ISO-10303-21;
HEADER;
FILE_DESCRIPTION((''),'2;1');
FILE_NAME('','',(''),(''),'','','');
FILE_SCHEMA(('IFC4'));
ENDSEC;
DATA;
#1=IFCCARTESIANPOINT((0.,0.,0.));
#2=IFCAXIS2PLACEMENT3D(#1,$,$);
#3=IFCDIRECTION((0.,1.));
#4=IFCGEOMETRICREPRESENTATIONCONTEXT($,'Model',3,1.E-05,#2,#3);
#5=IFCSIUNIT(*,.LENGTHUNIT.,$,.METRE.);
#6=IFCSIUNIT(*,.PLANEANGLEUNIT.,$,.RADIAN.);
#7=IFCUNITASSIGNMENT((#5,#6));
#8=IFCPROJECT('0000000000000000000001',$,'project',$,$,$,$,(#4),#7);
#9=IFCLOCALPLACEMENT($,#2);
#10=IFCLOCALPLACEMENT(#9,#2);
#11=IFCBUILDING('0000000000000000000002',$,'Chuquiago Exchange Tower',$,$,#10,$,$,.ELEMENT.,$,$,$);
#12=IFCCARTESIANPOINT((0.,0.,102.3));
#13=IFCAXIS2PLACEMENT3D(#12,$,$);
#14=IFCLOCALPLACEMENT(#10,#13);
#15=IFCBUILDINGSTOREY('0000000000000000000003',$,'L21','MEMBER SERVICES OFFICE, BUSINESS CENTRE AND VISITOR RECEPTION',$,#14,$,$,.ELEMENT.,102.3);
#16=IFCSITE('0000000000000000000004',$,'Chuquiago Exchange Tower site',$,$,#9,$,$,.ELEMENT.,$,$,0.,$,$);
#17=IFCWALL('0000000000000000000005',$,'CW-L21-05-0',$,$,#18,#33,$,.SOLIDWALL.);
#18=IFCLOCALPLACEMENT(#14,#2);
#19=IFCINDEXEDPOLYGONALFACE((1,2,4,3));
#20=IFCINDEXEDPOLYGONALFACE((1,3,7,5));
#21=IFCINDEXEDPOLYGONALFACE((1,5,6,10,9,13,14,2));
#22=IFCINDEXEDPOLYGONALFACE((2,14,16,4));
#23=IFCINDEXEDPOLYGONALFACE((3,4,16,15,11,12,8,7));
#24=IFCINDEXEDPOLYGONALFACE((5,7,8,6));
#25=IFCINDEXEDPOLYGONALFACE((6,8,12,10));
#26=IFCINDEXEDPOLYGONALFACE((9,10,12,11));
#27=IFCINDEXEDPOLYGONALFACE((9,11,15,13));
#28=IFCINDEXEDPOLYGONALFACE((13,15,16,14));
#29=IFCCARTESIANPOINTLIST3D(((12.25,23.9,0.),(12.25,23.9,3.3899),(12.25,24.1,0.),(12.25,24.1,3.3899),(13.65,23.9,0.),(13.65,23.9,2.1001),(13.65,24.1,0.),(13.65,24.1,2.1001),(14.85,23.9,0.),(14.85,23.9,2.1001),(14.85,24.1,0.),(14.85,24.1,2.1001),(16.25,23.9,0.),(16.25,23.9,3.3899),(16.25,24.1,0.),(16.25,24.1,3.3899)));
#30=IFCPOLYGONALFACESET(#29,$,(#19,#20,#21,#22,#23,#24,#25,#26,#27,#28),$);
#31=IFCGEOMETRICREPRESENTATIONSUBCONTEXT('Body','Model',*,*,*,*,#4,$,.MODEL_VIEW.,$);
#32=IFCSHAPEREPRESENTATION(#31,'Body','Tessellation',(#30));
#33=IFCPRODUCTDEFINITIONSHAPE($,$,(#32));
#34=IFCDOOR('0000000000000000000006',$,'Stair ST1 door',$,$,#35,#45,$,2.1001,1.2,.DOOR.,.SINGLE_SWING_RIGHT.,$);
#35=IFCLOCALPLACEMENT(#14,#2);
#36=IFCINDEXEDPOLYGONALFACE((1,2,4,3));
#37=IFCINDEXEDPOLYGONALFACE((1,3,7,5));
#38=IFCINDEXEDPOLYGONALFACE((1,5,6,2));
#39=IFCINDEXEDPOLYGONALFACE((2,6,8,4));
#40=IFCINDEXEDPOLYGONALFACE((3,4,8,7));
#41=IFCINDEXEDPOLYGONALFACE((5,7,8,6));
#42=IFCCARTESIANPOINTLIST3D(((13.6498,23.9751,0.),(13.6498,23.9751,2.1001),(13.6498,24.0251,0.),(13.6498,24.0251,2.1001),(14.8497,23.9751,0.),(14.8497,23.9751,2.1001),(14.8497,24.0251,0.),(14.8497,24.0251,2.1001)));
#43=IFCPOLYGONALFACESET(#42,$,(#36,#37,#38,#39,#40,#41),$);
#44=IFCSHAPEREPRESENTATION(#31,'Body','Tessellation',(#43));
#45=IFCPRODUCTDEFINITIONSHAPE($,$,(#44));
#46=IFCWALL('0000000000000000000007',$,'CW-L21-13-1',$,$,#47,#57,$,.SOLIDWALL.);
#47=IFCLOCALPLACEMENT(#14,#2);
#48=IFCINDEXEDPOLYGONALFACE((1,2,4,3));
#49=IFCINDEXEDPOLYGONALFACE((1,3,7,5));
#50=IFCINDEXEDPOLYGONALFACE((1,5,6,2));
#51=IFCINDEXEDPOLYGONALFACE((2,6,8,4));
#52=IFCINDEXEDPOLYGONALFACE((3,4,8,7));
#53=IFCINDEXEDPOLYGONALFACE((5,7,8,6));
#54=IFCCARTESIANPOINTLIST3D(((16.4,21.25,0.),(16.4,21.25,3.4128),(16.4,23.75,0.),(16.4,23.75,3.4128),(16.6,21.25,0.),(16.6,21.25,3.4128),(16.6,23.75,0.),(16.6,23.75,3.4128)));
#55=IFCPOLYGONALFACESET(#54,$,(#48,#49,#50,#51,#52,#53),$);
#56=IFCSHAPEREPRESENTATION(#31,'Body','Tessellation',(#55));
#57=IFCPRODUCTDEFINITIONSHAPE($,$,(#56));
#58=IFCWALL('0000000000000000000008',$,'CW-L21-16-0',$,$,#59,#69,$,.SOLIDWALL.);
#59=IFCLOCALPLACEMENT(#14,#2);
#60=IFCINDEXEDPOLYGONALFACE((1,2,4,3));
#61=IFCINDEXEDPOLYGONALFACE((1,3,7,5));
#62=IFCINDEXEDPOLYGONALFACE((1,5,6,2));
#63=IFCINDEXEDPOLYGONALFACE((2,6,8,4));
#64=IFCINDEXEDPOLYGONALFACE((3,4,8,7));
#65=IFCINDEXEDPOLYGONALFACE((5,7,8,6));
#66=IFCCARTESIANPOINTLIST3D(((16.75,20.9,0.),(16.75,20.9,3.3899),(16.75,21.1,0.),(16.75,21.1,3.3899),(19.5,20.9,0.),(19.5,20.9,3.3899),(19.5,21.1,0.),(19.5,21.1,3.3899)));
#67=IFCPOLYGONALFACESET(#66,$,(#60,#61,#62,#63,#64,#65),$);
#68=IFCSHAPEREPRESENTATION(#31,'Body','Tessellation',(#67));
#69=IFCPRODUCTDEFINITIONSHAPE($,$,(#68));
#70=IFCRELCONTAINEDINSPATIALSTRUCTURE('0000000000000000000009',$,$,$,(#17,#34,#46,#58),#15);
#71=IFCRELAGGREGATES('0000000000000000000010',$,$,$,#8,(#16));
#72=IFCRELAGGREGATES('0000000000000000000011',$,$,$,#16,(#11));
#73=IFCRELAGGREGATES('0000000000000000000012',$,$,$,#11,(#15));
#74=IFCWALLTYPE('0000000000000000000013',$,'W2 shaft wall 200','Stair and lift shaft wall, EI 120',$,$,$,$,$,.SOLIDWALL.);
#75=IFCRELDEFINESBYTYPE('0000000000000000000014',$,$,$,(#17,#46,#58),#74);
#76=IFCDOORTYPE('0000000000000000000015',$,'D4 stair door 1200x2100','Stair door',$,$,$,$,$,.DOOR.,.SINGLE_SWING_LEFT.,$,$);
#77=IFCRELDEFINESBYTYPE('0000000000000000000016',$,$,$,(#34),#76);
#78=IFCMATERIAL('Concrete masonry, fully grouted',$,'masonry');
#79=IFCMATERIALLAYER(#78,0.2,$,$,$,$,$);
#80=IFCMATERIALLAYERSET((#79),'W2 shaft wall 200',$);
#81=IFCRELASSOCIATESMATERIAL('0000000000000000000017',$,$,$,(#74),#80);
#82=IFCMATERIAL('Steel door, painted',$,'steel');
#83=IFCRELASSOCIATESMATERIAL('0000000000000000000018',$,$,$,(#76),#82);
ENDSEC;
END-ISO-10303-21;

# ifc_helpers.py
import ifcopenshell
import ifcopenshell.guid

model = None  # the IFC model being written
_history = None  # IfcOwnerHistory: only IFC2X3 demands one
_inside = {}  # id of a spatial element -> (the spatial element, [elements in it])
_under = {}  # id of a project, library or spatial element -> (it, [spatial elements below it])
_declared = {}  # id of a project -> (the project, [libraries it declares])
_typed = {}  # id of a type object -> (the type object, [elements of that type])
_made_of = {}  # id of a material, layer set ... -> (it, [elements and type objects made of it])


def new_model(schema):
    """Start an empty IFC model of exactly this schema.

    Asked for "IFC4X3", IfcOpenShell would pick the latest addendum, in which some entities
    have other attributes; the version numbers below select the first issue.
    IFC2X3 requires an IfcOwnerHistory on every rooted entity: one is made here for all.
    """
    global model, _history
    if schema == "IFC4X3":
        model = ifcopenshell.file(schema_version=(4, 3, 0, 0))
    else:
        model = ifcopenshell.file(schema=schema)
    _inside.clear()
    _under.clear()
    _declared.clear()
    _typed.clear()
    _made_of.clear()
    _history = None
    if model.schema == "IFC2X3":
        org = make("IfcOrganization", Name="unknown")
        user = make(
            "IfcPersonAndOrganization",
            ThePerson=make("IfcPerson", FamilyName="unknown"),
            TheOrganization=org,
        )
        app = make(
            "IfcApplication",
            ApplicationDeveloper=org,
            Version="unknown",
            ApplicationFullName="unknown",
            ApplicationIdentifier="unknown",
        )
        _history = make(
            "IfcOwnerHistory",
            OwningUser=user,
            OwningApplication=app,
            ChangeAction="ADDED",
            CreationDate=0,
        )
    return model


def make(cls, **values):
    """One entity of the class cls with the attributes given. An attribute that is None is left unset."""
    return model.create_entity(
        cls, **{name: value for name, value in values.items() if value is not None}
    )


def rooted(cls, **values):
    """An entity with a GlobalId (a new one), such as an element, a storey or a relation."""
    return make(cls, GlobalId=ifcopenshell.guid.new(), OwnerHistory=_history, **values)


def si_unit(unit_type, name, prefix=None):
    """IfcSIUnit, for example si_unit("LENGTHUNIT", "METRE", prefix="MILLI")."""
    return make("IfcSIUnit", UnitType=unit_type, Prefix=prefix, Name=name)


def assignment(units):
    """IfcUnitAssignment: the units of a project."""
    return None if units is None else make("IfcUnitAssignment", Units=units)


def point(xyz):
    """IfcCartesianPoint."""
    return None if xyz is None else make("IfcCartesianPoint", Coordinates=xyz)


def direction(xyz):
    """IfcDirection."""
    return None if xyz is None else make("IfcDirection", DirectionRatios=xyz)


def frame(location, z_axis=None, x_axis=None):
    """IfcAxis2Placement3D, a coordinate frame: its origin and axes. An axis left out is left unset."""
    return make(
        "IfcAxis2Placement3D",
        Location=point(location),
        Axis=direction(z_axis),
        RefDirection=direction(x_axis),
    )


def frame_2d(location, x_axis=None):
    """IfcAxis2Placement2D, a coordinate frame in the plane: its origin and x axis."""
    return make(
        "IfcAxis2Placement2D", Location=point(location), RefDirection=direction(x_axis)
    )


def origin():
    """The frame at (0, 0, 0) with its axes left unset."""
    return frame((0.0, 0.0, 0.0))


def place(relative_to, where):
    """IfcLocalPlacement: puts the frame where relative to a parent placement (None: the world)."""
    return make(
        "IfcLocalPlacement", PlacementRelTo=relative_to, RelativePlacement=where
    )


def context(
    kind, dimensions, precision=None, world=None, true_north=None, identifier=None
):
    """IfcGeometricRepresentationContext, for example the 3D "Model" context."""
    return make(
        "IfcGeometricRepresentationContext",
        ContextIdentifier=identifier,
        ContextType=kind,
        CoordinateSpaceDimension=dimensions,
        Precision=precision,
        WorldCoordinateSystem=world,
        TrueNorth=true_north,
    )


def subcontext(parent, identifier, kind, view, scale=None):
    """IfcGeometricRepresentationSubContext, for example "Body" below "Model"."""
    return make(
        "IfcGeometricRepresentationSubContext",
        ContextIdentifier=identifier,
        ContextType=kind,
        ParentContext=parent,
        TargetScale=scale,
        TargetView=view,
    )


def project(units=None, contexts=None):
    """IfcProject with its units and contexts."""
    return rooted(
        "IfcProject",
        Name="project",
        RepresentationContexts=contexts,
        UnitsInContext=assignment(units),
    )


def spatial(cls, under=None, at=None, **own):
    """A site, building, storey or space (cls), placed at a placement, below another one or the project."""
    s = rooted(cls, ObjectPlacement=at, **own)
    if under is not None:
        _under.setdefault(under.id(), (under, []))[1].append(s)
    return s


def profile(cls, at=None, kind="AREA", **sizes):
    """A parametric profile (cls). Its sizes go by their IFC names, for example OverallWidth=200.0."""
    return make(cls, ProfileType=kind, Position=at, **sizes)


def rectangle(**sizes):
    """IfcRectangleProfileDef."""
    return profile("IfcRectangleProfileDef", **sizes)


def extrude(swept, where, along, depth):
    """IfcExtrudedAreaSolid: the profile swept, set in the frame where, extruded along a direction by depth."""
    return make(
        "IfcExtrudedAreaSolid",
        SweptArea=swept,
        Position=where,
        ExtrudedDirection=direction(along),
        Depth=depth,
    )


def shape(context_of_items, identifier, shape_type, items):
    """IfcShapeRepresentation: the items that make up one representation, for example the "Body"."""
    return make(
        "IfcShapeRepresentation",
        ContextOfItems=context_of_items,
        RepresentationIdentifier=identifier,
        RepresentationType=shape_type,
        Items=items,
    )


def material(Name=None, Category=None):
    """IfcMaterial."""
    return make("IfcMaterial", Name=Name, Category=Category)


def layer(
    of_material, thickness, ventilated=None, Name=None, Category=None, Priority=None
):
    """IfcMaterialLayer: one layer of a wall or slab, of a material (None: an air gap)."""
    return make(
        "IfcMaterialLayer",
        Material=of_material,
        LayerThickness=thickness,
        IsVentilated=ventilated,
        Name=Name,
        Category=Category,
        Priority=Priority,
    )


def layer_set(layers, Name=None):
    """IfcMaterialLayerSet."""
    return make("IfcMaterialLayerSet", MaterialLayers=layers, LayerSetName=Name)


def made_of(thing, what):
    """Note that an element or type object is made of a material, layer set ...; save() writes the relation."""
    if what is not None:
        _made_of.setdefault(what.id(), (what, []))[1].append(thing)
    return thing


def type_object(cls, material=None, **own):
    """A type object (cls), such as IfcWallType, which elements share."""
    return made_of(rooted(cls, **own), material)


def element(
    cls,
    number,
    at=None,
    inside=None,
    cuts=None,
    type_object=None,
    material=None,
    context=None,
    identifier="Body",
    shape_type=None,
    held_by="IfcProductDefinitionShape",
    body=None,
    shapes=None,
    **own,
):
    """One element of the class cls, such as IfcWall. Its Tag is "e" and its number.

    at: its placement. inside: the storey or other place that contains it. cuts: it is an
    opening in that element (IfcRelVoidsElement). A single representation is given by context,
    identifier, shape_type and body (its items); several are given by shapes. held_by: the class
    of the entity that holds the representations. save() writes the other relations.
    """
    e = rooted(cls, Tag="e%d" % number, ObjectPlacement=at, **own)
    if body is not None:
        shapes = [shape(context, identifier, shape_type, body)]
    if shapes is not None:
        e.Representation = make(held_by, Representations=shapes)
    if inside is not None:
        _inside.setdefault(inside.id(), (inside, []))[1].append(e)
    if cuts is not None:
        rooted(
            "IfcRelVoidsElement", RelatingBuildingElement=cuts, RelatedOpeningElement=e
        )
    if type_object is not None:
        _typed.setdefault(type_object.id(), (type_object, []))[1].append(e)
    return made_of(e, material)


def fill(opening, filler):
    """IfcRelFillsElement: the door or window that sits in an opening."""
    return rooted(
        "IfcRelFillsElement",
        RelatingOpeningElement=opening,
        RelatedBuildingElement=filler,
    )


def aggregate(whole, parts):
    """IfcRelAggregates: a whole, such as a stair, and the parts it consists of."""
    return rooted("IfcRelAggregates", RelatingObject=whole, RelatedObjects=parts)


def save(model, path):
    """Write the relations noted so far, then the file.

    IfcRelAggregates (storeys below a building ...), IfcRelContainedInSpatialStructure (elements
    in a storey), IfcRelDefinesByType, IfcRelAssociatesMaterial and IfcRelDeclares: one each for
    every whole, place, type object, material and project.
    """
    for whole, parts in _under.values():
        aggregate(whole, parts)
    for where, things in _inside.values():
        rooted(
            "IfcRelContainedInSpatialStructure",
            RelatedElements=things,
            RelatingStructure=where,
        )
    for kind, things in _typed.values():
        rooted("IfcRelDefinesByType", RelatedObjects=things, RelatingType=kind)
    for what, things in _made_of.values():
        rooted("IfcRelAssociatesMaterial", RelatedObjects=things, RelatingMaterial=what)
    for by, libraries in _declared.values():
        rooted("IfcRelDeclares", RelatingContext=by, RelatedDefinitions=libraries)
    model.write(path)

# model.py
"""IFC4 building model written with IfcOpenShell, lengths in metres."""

from ifc_helpers import new_model, si_unit, direction, frame, frame_2d, origin, place, context, subcontext, project, spatial, rectangle, extrude, material, layer, layer_set, type_object, element, fill, save


model = new_model("IFC4")

# Units and contexts
model_context = context("Model", 3, precision=1e-05, world=origin(), true_north=direction((0.0, 1.0)))
body_context = subcontext(model_context, "Body", "Model", "MODEL_VIEW")
ifc_project = project(units=[si_unit("LENGTHUNIT", "METRE"), si_unit("PLANEANGLEUNIT", "RADIAN")], contexts=[model_context])

# Site, building, storey
site_placement = place(None, origin())
site = spatial("IfcSite", under=ifc_project, at=site_placement, Name="Chuquiago Exchange Tower site", CompositionType="ELEMENT", RefElevation=0.0)
building_placement = place(site_placement, origin())
building = spatial("IfcBuilding", under=site, at=building_placement, Name="Chuquiago Exchange Tower", CompositionType="ELEMENT")
storey_placement = place(building_placement, frame((0.0, 0.0, 102.3)))
storey = spatial("IfcBuildingStorey", under=building, at=storey_placement, Name="L21", Description="MEMBER SERVICES OFFICE, BUSINESS CENTRE AND VISITOR RECEPTION", CompositionType="ELEMENT", Elevation=102.3)

# Wall, opening, door
ifc_material_1 = material(Name="Concrete masonry, fully grouted", Category="masonry")
ifc_layer = layer(ifc_material_1, 0.2)
ifc_layer_set = layer_set([ifc_layer], Name="W2 shaft wall 200")
wall_type = type_object("IfcWallType", Name="W2 shaft wall 200", Description="Stair and lift shaft wall, EI 120", PredefinedType="SOLIDWALL", material=ifc_layer_set)
wall_1_placement = place(storey_placement, frame((12.25, 24.0, 0.0), z_axis=(0.0, 0.0, 1.0), x_axis=(1.0, 0.0, 0.0)))
wall_1 = element("IfcWall", 1, at=wall_1_placement, inside=storey, type_object=wall_type, Name="CW-L21-05-0", PredefinedType="SOLIDWALL", context=body_context, shape_type="SweptSolid", body=[
    extrude(rectangle(XDim=4.0, YDim=0.2, at=frame_2d((2.0, 0.0))), origin(), (0.0, 0.0, 1.0), 3.3899),
])
opening_placement = place(wall_1_placement, frame((1.3999, 0.0, 0.0)))
opening = element("IfcOpeningElement", 2, at=opening_placement, cuts=wall_1, PredefinedType="OPENING", context=body_context, shape_type="SweptSolid", body=[
    extrude(rectangle(XDim=1.2, YDim=2.1001, at=frame_2d((0.6001, 1.05))), frame((0.0, 0.1099, 0.0), z_axis=(0.0, -1.0, 0.0), x_axis=(1.0, 0.0, 0.0)), (0.0, 0.0, 1.0), 0.22),
])
ifc_material_2 = material(Name="Steel door, painted", Category="steel")
door_type = type_object("IfcDoorType", Name="D4 stair door 1200x2100", Description="Stair door", OperationType="SINGLE_SWING_LEFT", PredefinedType="DOOR", material=ifc_material_2)
door_placement = place(opening_placement, frame((1.2, 0.0, 0.0), z_axis=(0.0, 0.0, 1.0), x_axis=(-1.0, 0.0, 0.0)))
door = element("IfcDoor", 3, at=door_placement, inside=storey, type_object=door_type, Name="Stair ST1 door", OperationType="SINGLE_SWING_RIGHT", OverallHeight=2.1001, OverallWidth=1.2, PredefinedType="DOOR", context=body_context, shape_type="SweptSolid", body=[
    extrude(rectangle(XDim=1.2, YDim=2.1001, at=frame_2d((0.6001, 1.05))), frame((0.0, 0.0249, 0.0), z_axis=(0.0, -1.0, 0.0), x_axis=(1.0, 0.0, 0.0)), (0.0, 0.0, 1.0), 0.05),
])
fill(opening, door)

# Walls
wall_2_placement = place(storey_placement, frame((16.5, 21.25, 0.0), z_axis=(0.0, 0.0, 1.0), x_axis=(0.0, 1.0, 0.0)))
element("IfcWall", 4, at=wall_2_placement, inside=storey, type_object=wall_type, Name="CW-L21-13-1", PredefinedType="SOLIDWALL", context=body_context, shape_type="SweptSolid", body=[
    extrude(rectangle(XDim=2.5, YDim=0.2, at=frame_2d((1.25, 0.0))), origin(), (0.0, 0.0, 1.0), 3.4128),
])
wall_3_placement = place(storey_placement, frame((16.75, 21.0, 0.0), z_axis=(0.0, 0.0, 1.0), x_axis=(1.0, 0.0, 0.0)))
element("IfcWall", 5, at=wall_3_placement, inside=storey, type_object=wall_type, Name="CW-L21-16-0", PredefinedType="SOLIDWALL", context=body_context, shape_type="SweptSolid", body=[
    extrude(rectangle(XDim=2.75, YDim=0.2, at=frame_2d((1.375, 0.0))), origin(), (0.0, 0.0, 1.0), 3.3899),
])

save(model, "model.ifc")
